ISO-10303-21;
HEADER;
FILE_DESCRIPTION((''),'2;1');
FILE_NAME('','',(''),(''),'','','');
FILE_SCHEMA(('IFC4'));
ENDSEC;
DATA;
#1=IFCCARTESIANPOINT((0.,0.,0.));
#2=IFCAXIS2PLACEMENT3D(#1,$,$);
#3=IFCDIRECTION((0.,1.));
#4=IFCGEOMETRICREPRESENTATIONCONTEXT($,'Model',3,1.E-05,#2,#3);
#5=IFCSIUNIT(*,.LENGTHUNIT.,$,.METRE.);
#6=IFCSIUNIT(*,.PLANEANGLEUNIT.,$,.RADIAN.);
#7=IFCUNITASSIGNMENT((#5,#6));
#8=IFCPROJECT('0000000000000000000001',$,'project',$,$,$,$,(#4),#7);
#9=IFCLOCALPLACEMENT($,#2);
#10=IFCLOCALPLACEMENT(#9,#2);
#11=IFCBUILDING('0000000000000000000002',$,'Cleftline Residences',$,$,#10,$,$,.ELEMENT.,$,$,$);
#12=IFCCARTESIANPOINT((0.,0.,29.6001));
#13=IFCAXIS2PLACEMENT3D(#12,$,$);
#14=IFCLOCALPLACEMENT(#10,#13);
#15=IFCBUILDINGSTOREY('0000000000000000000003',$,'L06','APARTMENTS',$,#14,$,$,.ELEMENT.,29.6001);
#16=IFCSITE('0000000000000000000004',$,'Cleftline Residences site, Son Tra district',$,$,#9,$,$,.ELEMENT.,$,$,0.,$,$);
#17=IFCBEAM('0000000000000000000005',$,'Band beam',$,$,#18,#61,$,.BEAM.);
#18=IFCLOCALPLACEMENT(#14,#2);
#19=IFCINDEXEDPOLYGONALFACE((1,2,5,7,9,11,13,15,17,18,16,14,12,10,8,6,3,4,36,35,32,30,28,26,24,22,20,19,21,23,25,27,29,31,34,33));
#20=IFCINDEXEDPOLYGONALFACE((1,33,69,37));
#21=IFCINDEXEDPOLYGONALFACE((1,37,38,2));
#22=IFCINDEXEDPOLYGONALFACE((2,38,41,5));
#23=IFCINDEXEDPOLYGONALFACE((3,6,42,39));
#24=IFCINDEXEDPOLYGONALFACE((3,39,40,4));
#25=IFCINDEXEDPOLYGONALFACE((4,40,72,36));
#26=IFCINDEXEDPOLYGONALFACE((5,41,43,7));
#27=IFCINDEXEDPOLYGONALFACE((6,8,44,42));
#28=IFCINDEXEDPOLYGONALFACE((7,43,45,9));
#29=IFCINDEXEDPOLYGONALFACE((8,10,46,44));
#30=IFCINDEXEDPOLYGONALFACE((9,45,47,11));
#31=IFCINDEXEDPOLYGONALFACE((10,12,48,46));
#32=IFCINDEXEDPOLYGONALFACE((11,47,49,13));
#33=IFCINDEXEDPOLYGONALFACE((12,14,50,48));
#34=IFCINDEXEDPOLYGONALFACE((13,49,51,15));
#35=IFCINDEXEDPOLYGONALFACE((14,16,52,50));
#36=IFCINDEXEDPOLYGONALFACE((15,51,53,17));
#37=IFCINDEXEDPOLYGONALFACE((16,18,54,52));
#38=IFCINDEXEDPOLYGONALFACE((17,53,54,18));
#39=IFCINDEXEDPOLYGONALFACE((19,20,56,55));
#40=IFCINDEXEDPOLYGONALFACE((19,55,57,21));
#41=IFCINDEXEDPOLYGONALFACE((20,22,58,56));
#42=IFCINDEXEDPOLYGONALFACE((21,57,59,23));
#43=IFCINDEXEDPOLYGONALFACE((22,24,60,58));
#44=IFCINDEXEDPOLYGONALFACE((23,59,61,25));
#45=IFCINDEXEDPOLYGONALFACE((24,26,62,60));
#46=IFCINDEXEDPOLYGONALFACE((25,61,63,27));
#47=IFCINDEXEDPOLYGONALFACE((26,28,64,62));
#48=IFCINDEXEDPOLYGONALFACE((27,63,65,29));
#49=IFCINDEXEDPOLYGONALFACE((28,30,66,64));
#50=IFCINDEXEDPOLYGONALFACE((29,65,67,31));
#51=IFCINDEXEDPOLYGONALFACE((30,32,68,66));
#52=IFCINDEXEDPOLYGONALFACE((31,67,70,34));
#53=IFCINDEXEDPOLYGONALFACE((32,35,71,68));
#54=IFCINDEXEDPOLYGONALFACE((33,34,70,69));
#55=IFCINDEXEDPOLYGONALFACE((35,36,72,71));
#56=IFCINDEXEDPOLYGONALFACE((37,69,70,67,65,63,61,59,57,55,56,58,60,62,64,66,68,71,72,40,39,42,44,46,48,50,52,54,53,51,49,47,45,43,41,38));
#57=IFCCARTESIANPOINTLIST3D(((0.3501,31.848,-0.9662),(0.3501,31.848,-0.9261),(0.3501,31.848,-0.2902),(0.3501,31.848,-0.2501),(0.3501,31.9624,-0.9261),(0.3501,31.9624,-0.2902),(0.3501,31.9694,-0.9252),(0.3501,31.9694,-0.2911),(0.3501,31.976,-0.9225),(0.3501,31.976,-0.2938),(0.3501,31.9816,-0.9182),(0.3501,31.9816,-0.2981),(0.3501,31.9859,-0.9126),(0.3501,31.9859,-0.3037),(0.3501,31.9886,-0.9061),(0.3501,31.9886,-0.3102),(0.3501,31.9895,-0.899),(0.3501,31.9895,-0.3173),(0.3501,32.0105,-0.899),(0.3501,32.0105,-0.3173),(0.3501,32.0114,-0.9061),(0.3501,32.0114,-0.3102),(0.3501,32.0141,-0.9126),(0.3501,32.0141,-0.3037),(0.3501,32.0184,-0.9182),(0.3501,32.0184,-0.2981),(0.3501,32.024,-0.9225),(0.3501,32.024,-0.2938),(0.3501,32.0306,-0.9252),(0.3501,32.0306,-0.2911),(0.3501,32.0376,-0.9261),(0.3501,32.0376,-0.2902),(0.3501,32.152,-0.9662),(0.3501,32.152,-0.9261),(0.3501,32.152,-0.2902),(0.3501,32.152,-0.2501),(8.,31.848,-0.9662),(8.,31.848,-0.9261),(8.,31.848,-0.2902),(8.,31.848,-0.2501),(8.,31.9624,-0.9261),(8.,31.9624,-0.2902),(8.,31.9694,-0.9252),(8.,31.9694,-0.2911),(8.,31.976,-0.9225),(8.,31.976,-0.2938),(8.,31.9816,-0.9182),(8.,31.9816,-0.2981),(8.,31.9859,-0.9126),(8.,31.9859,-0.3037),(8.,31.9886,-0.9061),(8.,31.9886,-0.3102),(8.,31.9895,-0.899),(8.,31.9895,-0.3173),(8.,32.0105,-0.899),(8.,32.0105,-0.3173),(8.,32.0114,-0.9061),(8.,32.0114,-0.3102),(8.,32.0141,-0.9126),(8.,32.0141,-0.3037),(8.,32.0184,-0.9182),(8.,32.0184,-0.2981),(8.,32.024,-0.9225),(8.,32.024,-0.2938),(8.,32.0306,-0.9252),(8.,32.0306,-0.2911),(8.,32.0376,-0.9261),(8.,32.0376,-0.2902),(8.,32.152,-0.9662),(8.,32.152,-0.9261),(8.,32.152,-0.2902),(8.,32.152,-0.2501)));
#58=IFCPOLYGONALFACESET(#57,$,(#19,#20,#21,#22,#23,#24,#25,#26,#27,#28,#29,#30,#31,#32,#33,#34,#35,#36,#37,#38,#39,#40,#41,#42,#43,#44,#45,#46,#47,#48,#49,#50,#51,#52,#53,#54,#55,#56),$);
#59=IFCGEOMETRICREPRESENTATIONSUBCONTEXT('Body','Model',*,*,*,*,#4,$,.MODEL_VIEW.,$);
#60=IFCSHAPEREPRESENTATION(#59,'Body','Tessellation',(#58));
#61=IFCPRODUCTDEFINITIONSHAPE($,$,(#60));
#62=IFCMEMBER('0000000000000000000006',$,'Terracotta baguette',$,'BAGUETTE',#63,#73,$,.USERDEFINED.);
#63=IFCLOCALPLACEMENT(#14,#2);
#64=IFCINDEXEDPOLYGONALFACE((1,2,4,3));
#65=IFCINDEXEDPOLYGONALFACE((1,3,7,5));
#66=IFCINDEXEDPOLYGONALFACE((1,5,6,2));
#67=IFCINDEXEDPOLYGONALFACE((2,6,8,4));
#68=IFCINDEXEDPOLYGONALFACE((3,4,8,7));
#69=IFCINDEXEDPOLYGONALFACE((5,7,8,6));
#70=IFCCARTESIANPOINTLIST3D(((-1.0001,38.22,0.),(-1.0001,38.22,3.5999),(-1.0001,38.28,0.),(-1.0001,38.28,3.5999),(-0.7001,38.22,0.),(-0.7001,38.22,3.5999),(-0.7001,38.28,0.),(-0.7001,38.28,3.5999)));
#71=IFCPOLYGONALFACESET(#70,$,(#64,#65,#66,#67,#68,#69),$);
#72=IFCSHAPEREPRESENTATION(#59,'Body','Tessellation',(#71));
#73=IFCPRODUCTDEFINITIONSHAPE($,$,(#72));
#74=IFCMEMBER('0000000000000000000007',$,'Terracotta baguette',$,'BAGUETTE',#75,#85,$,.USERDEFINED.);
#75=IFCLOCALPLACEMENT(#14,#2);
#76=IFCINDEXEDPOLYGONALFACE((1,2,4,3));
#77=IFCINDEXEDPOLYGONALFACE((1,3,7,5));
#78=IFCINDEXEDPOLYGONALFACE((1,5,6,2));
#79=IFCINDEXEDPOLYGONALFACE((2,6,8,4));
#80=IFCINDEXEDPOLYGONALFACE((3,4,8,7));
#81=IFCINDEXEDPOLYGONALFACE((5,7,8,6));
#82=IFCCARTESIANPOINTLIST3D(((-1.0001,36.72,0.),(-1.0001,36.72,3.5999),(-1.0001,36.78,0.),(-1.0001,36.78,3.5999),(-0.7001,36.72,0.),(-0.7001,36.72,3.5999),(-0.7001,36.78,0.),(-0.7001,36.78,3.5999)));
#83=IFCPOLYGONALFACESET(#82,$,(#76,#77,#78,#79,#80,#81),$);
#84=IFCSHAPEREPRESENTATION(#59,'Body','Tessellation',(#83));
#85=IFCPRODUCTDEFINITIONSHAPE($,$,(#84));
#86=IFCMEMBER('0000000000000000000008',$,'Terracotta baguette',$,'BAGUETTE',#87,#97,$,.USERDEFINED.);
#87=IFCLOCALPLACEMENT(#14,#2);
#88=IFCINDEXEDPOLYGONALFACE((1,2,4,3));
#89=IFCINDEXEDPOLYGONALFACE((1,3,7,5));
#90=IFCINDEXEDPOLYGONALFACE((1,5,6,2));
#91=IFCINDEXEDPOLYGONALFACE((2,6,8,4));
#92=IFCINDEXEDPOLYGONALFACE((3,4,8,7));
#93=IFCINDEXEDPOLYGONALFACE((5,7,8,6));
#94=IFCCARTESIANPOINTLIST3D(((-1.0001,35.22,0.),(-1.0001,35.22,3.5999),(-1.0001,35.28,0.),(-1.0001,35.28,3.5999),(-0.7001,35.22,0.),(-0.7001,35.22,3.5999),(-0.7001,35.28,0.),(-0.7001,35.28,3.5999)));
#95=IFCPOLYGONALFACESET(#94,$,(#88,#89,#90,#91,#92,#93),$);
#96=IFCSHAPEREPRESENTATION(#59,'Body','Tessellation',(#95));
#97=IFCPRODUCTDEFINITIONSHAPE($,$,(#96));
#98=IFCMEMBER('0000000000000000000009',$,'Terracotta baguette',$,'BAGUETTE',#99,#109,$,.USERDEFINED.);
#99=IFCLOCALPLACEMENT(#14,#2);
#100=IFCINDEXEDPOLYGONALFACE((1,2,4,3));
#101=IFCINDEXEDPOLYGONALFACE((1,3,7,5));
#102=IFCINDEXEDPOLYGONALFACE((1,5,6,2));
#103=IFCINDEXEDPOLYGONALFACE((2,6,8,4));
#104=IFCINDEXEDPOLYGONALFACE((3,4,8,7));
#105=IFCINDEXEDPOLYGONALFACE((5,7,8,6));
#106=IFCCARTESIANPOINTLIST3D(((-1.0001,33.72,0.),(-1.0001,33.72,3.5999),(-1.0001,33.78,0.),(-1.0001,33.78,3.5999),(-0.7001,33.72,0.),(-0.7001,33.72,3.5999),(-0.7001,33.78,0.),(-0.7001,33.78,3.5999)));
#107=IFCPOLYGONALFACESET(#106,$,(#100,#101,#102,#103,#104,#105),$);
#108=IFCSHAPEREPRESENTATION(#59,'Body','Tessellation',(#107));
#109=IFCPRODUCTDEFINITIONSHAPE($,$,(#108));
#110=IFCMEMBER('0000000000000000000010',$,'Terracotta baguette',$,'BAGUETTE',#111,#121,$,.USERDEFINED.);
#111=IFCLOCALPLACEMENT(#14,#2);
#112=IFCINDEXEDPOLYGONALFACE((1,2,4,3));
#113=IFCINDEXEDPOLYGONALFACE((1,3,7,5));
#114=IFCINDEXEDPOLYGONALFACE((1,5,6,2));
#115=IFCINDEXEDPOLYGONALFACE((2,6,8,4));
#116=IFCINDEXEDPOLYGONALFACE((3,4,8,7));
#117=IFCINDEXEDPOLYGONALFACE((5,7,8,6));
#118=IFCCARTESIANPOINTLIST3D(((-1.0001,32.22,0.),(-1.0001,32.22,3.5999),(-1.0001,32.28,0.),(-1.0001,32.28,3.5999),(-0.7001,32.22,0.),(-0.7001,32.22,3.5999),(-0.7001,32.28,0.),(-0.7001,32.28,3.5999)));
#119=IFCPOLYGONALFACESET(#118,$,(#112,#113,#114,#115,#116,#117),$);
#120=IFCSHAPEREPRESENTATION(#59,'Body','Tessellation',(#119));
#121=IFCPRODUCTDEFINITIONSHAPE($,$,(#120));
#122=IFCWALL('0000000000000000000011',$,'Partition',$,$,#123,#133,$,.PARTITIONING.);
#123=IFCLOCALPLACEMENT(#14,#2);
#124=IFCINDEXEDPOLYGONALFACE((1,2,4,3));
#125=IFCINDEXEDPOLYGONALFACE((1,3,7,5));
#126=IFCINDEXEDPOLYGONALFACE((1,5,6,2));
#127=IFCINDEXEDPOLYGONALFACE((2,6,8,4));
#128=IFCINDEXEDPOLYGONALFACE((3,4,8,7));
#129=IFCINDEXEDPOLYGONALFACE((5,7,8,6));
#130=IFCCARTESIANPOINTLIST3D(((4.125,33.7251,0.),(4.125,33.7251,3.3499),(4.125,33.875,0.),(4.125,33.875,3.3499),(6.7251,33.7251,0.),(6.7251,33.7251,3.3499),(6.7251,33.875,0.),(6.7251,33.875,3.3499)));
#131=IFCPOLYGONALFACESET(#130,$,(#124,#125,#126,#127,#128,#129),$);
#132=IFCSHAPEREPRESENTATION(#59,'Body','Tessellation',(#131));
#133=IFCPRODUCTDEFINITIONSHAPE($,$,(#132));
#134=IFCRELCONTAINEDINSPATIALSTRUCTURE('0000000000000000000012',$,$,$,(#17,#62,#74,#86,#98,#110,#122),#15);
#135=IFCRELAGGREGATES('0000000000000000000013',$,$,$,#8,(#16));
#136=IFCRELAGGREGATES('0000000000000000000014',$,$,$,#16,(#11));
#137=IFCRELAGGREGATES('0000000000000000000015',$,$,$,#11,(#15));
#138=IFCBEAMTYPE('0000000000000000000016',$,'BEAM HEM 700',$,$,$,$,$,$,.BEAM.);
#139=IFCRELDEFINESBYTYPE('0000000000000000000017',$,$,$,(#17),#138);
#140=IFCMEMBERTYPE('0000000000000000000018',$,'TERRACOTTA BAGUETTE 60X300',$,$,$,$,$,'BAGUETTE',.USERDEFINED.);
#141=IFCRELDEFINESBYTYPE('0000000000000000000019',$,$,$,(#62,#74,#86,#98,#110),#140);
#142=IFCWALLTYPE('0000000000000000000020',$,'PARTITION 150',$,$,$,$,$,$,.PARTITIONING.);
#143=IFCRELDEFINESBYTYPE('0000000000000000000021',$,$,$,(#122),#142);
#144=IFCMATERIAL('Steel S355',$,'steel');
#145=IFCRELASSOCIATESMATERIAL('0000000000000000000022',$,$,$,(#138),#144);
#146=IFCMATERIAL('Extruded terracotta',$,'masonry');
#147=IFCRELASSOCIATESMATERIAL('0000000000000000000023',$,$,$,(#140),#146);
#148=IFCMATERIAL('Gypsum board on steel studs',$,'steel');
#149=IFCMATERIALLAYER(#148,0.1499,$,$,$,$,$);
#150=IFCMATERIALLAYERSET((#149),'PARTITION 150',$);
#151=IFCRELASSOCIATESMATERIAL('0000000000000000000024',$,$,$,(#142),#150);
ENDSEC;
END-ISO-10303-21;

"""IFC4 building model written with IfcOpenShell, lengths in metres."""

from ifc_helpers import new_model, si_unit, direction, frame, frame_2d, origin, origin_2d, place, context, subcontext, project, spatial, rectangle, i_section, extrude, material, layer, layer_set, material_profile, profile_set, type_object, element, save


model = new_model("IFC4")

# Units and contexts
model_context = context("Model", 3, precision=1e-05, world=origin(), true_north=direction((0.0, 1.0)))
body_context = subcontext(model_context, "Body", "Model", "MODEL_VIEW")
ifc_project = project(units=[si_unit("LENGTHUNIT", "METRE"), si_unit("PLANEANGLEUNIT", "RADIAN")], contexts=[model_context])

# Site, building, storey
site_placement = place(None, origin())
site = spatial("IfcSite", under=ifc_project, at=site_placement, Name="Cleftline Residences site, Son Tra district", CompositionType="ELEMENT", RefElevation=0.0)
building_placement = place(site_placement, origin())
building = spatial("IfcBuilding", under=site, at=building_placement, Name="Cleftline Residences", CompositionType="ELEMENT")
storey_placement = place(building_placement, frame((0.0, 0.0, 29.6001)))
storey = spatial("IfcBuildingStorey", under=building, at=storey_placement, Name="L06", Description="APARTMENTS", CompositionType="ELEMENT", Elevation=29.6001)

# Beam
ifc_material_1 = material(Name="Steel S355", Category="steel")
ifc_material_profile_1 = material_profile(ifc_material_1, i_section(OverallWidth=0.304, OverallDepth=0.7161, WebThickness=0.021, FlangeThickness=0.04, FilletRadius=0.0271, at=origin_2d()))
ifc_profile_set_1 = profile_set([ifc_material_profile_1], Name="Steel S355")
beam_type = type_object("IfcBeamType", Name="BEAM HEM 700", PredefinedType="BEAM", material=ifc_profile_set_1)
beam_placement = place(storey_placement, frame((0.3501, 32.0, -0.6082), z_axis=(1.0, 0.0, 0.0), x_axis=(0.0, 1.0, 0.0)))
element("IfcBeam", 1, at=beam_placement, inside=storey, type_object=beam_type, Name="Band beam", PredefinedType="BEAM", context=body_context, shape_type="SweptSolid", body=[
    extrude(i_section(OverallWidth=0.304, OverallDepth=0.7161, WebThickness=0.021, FlangeThickness=0.04, FilletRadius=0.0271, at=origin_2d()), origin(), (0.0, 0.0, 1.0), 7.6499),
])

# Members
ifc_material_2 = material(Name="Extruded terracotta", Category="masonry")
ifc_material_profile_2 = material_profile(ifc_material_2, rectangle(XDim=0.0601, YDim=0.3, at=origin_2d()))
ifc_profile_set_2 = profile_set([ifc_material_profile_2], Name="Extruded terracotta")
member_type = type_object("IfcMemberType", Name="TERRACOTTA BAGUETTE 60X300", ElementType="BAGUETTE", PredefinedType="USERDEFINED", material=ifc_profile_set_2)
for number, where, z_axis, x_axis, name in (
    (2, (-0.8501, 38.25, 0.0), (0.0, 0.0, 1.0), (0.0, 1.0, 0.0), "Terracotta baguette"),
    (3, (-0.8501, 36.75, 0.0), (0.0, 0.0, 1.0), (0.0, 1.0, 0.0), "Terracotta baguette"),
    (4, (-0.8501, 35.25, 0.0), (0.0, 0.0, 1.0), (0.0, 1.0, 0.0), "Terracotta baguette"),
    (5, (-0.8501, 33.75, 0.0), (0.0, 0.0, 1.0), (0.0, 1.0, 0.0), "Terracotta baguette"),
    (6, (-0.8501, 32.25, 0.0), (0.0, 0.0, 1.0), (0.0, 1.0, 0.0), "Terracotta baguette"),
):
    element("IfcMember", number, at=place(storey_placement, frame(where, z_axis=z_axis, x_axis=x_axis)), inside=storey, type_object=member_type, Name=name, ObjectType="BAGUETTE", PredefinedType="USERDEFINED", context=body_context, shape_type="SweptSolid", body=[
        extrude(rectangle(XDim=0.0601, YDim=0.3, at=origin_2d()), origin(), (0.0, 0.0, 1.0), 3.5999),
    ])

# Wall
ifc_material_3 = material(Name="Gypsum board on steel studs", Category="steel")
ifc_layer = layer(ifc_material_3, 0.1499)
ifc_layer_set = layer_set([ifc_layer], Name="PARTITION 150")
wall_type = type_object("IfcWallType", Name="PARTITION 150", PredefinedType="PARTITIONING", material=ifc_layer_set)
wall_1_placement = place(storey_placement, frame((4.125, 33.8, 0.0), z_axis=(0.0, 0.0, 1.0), x_axis=(1.0, 0.0, 0.0)))
element("IfcWall", 7, at=wall_1_placement, inside=storey, type_object=wall_type, Name="Partition", PredefinedType="PARTITIONING", context=body_context, shape_type="SweptSolid", body=[
    extrude(rectangle(XDim=2.6001, YDim=0.1499, at=frame_2d((1.3, 0.0))), origin(), (0.0, 0.0, 1.0), 3.3499),
])

save(model, "model.ifc")
